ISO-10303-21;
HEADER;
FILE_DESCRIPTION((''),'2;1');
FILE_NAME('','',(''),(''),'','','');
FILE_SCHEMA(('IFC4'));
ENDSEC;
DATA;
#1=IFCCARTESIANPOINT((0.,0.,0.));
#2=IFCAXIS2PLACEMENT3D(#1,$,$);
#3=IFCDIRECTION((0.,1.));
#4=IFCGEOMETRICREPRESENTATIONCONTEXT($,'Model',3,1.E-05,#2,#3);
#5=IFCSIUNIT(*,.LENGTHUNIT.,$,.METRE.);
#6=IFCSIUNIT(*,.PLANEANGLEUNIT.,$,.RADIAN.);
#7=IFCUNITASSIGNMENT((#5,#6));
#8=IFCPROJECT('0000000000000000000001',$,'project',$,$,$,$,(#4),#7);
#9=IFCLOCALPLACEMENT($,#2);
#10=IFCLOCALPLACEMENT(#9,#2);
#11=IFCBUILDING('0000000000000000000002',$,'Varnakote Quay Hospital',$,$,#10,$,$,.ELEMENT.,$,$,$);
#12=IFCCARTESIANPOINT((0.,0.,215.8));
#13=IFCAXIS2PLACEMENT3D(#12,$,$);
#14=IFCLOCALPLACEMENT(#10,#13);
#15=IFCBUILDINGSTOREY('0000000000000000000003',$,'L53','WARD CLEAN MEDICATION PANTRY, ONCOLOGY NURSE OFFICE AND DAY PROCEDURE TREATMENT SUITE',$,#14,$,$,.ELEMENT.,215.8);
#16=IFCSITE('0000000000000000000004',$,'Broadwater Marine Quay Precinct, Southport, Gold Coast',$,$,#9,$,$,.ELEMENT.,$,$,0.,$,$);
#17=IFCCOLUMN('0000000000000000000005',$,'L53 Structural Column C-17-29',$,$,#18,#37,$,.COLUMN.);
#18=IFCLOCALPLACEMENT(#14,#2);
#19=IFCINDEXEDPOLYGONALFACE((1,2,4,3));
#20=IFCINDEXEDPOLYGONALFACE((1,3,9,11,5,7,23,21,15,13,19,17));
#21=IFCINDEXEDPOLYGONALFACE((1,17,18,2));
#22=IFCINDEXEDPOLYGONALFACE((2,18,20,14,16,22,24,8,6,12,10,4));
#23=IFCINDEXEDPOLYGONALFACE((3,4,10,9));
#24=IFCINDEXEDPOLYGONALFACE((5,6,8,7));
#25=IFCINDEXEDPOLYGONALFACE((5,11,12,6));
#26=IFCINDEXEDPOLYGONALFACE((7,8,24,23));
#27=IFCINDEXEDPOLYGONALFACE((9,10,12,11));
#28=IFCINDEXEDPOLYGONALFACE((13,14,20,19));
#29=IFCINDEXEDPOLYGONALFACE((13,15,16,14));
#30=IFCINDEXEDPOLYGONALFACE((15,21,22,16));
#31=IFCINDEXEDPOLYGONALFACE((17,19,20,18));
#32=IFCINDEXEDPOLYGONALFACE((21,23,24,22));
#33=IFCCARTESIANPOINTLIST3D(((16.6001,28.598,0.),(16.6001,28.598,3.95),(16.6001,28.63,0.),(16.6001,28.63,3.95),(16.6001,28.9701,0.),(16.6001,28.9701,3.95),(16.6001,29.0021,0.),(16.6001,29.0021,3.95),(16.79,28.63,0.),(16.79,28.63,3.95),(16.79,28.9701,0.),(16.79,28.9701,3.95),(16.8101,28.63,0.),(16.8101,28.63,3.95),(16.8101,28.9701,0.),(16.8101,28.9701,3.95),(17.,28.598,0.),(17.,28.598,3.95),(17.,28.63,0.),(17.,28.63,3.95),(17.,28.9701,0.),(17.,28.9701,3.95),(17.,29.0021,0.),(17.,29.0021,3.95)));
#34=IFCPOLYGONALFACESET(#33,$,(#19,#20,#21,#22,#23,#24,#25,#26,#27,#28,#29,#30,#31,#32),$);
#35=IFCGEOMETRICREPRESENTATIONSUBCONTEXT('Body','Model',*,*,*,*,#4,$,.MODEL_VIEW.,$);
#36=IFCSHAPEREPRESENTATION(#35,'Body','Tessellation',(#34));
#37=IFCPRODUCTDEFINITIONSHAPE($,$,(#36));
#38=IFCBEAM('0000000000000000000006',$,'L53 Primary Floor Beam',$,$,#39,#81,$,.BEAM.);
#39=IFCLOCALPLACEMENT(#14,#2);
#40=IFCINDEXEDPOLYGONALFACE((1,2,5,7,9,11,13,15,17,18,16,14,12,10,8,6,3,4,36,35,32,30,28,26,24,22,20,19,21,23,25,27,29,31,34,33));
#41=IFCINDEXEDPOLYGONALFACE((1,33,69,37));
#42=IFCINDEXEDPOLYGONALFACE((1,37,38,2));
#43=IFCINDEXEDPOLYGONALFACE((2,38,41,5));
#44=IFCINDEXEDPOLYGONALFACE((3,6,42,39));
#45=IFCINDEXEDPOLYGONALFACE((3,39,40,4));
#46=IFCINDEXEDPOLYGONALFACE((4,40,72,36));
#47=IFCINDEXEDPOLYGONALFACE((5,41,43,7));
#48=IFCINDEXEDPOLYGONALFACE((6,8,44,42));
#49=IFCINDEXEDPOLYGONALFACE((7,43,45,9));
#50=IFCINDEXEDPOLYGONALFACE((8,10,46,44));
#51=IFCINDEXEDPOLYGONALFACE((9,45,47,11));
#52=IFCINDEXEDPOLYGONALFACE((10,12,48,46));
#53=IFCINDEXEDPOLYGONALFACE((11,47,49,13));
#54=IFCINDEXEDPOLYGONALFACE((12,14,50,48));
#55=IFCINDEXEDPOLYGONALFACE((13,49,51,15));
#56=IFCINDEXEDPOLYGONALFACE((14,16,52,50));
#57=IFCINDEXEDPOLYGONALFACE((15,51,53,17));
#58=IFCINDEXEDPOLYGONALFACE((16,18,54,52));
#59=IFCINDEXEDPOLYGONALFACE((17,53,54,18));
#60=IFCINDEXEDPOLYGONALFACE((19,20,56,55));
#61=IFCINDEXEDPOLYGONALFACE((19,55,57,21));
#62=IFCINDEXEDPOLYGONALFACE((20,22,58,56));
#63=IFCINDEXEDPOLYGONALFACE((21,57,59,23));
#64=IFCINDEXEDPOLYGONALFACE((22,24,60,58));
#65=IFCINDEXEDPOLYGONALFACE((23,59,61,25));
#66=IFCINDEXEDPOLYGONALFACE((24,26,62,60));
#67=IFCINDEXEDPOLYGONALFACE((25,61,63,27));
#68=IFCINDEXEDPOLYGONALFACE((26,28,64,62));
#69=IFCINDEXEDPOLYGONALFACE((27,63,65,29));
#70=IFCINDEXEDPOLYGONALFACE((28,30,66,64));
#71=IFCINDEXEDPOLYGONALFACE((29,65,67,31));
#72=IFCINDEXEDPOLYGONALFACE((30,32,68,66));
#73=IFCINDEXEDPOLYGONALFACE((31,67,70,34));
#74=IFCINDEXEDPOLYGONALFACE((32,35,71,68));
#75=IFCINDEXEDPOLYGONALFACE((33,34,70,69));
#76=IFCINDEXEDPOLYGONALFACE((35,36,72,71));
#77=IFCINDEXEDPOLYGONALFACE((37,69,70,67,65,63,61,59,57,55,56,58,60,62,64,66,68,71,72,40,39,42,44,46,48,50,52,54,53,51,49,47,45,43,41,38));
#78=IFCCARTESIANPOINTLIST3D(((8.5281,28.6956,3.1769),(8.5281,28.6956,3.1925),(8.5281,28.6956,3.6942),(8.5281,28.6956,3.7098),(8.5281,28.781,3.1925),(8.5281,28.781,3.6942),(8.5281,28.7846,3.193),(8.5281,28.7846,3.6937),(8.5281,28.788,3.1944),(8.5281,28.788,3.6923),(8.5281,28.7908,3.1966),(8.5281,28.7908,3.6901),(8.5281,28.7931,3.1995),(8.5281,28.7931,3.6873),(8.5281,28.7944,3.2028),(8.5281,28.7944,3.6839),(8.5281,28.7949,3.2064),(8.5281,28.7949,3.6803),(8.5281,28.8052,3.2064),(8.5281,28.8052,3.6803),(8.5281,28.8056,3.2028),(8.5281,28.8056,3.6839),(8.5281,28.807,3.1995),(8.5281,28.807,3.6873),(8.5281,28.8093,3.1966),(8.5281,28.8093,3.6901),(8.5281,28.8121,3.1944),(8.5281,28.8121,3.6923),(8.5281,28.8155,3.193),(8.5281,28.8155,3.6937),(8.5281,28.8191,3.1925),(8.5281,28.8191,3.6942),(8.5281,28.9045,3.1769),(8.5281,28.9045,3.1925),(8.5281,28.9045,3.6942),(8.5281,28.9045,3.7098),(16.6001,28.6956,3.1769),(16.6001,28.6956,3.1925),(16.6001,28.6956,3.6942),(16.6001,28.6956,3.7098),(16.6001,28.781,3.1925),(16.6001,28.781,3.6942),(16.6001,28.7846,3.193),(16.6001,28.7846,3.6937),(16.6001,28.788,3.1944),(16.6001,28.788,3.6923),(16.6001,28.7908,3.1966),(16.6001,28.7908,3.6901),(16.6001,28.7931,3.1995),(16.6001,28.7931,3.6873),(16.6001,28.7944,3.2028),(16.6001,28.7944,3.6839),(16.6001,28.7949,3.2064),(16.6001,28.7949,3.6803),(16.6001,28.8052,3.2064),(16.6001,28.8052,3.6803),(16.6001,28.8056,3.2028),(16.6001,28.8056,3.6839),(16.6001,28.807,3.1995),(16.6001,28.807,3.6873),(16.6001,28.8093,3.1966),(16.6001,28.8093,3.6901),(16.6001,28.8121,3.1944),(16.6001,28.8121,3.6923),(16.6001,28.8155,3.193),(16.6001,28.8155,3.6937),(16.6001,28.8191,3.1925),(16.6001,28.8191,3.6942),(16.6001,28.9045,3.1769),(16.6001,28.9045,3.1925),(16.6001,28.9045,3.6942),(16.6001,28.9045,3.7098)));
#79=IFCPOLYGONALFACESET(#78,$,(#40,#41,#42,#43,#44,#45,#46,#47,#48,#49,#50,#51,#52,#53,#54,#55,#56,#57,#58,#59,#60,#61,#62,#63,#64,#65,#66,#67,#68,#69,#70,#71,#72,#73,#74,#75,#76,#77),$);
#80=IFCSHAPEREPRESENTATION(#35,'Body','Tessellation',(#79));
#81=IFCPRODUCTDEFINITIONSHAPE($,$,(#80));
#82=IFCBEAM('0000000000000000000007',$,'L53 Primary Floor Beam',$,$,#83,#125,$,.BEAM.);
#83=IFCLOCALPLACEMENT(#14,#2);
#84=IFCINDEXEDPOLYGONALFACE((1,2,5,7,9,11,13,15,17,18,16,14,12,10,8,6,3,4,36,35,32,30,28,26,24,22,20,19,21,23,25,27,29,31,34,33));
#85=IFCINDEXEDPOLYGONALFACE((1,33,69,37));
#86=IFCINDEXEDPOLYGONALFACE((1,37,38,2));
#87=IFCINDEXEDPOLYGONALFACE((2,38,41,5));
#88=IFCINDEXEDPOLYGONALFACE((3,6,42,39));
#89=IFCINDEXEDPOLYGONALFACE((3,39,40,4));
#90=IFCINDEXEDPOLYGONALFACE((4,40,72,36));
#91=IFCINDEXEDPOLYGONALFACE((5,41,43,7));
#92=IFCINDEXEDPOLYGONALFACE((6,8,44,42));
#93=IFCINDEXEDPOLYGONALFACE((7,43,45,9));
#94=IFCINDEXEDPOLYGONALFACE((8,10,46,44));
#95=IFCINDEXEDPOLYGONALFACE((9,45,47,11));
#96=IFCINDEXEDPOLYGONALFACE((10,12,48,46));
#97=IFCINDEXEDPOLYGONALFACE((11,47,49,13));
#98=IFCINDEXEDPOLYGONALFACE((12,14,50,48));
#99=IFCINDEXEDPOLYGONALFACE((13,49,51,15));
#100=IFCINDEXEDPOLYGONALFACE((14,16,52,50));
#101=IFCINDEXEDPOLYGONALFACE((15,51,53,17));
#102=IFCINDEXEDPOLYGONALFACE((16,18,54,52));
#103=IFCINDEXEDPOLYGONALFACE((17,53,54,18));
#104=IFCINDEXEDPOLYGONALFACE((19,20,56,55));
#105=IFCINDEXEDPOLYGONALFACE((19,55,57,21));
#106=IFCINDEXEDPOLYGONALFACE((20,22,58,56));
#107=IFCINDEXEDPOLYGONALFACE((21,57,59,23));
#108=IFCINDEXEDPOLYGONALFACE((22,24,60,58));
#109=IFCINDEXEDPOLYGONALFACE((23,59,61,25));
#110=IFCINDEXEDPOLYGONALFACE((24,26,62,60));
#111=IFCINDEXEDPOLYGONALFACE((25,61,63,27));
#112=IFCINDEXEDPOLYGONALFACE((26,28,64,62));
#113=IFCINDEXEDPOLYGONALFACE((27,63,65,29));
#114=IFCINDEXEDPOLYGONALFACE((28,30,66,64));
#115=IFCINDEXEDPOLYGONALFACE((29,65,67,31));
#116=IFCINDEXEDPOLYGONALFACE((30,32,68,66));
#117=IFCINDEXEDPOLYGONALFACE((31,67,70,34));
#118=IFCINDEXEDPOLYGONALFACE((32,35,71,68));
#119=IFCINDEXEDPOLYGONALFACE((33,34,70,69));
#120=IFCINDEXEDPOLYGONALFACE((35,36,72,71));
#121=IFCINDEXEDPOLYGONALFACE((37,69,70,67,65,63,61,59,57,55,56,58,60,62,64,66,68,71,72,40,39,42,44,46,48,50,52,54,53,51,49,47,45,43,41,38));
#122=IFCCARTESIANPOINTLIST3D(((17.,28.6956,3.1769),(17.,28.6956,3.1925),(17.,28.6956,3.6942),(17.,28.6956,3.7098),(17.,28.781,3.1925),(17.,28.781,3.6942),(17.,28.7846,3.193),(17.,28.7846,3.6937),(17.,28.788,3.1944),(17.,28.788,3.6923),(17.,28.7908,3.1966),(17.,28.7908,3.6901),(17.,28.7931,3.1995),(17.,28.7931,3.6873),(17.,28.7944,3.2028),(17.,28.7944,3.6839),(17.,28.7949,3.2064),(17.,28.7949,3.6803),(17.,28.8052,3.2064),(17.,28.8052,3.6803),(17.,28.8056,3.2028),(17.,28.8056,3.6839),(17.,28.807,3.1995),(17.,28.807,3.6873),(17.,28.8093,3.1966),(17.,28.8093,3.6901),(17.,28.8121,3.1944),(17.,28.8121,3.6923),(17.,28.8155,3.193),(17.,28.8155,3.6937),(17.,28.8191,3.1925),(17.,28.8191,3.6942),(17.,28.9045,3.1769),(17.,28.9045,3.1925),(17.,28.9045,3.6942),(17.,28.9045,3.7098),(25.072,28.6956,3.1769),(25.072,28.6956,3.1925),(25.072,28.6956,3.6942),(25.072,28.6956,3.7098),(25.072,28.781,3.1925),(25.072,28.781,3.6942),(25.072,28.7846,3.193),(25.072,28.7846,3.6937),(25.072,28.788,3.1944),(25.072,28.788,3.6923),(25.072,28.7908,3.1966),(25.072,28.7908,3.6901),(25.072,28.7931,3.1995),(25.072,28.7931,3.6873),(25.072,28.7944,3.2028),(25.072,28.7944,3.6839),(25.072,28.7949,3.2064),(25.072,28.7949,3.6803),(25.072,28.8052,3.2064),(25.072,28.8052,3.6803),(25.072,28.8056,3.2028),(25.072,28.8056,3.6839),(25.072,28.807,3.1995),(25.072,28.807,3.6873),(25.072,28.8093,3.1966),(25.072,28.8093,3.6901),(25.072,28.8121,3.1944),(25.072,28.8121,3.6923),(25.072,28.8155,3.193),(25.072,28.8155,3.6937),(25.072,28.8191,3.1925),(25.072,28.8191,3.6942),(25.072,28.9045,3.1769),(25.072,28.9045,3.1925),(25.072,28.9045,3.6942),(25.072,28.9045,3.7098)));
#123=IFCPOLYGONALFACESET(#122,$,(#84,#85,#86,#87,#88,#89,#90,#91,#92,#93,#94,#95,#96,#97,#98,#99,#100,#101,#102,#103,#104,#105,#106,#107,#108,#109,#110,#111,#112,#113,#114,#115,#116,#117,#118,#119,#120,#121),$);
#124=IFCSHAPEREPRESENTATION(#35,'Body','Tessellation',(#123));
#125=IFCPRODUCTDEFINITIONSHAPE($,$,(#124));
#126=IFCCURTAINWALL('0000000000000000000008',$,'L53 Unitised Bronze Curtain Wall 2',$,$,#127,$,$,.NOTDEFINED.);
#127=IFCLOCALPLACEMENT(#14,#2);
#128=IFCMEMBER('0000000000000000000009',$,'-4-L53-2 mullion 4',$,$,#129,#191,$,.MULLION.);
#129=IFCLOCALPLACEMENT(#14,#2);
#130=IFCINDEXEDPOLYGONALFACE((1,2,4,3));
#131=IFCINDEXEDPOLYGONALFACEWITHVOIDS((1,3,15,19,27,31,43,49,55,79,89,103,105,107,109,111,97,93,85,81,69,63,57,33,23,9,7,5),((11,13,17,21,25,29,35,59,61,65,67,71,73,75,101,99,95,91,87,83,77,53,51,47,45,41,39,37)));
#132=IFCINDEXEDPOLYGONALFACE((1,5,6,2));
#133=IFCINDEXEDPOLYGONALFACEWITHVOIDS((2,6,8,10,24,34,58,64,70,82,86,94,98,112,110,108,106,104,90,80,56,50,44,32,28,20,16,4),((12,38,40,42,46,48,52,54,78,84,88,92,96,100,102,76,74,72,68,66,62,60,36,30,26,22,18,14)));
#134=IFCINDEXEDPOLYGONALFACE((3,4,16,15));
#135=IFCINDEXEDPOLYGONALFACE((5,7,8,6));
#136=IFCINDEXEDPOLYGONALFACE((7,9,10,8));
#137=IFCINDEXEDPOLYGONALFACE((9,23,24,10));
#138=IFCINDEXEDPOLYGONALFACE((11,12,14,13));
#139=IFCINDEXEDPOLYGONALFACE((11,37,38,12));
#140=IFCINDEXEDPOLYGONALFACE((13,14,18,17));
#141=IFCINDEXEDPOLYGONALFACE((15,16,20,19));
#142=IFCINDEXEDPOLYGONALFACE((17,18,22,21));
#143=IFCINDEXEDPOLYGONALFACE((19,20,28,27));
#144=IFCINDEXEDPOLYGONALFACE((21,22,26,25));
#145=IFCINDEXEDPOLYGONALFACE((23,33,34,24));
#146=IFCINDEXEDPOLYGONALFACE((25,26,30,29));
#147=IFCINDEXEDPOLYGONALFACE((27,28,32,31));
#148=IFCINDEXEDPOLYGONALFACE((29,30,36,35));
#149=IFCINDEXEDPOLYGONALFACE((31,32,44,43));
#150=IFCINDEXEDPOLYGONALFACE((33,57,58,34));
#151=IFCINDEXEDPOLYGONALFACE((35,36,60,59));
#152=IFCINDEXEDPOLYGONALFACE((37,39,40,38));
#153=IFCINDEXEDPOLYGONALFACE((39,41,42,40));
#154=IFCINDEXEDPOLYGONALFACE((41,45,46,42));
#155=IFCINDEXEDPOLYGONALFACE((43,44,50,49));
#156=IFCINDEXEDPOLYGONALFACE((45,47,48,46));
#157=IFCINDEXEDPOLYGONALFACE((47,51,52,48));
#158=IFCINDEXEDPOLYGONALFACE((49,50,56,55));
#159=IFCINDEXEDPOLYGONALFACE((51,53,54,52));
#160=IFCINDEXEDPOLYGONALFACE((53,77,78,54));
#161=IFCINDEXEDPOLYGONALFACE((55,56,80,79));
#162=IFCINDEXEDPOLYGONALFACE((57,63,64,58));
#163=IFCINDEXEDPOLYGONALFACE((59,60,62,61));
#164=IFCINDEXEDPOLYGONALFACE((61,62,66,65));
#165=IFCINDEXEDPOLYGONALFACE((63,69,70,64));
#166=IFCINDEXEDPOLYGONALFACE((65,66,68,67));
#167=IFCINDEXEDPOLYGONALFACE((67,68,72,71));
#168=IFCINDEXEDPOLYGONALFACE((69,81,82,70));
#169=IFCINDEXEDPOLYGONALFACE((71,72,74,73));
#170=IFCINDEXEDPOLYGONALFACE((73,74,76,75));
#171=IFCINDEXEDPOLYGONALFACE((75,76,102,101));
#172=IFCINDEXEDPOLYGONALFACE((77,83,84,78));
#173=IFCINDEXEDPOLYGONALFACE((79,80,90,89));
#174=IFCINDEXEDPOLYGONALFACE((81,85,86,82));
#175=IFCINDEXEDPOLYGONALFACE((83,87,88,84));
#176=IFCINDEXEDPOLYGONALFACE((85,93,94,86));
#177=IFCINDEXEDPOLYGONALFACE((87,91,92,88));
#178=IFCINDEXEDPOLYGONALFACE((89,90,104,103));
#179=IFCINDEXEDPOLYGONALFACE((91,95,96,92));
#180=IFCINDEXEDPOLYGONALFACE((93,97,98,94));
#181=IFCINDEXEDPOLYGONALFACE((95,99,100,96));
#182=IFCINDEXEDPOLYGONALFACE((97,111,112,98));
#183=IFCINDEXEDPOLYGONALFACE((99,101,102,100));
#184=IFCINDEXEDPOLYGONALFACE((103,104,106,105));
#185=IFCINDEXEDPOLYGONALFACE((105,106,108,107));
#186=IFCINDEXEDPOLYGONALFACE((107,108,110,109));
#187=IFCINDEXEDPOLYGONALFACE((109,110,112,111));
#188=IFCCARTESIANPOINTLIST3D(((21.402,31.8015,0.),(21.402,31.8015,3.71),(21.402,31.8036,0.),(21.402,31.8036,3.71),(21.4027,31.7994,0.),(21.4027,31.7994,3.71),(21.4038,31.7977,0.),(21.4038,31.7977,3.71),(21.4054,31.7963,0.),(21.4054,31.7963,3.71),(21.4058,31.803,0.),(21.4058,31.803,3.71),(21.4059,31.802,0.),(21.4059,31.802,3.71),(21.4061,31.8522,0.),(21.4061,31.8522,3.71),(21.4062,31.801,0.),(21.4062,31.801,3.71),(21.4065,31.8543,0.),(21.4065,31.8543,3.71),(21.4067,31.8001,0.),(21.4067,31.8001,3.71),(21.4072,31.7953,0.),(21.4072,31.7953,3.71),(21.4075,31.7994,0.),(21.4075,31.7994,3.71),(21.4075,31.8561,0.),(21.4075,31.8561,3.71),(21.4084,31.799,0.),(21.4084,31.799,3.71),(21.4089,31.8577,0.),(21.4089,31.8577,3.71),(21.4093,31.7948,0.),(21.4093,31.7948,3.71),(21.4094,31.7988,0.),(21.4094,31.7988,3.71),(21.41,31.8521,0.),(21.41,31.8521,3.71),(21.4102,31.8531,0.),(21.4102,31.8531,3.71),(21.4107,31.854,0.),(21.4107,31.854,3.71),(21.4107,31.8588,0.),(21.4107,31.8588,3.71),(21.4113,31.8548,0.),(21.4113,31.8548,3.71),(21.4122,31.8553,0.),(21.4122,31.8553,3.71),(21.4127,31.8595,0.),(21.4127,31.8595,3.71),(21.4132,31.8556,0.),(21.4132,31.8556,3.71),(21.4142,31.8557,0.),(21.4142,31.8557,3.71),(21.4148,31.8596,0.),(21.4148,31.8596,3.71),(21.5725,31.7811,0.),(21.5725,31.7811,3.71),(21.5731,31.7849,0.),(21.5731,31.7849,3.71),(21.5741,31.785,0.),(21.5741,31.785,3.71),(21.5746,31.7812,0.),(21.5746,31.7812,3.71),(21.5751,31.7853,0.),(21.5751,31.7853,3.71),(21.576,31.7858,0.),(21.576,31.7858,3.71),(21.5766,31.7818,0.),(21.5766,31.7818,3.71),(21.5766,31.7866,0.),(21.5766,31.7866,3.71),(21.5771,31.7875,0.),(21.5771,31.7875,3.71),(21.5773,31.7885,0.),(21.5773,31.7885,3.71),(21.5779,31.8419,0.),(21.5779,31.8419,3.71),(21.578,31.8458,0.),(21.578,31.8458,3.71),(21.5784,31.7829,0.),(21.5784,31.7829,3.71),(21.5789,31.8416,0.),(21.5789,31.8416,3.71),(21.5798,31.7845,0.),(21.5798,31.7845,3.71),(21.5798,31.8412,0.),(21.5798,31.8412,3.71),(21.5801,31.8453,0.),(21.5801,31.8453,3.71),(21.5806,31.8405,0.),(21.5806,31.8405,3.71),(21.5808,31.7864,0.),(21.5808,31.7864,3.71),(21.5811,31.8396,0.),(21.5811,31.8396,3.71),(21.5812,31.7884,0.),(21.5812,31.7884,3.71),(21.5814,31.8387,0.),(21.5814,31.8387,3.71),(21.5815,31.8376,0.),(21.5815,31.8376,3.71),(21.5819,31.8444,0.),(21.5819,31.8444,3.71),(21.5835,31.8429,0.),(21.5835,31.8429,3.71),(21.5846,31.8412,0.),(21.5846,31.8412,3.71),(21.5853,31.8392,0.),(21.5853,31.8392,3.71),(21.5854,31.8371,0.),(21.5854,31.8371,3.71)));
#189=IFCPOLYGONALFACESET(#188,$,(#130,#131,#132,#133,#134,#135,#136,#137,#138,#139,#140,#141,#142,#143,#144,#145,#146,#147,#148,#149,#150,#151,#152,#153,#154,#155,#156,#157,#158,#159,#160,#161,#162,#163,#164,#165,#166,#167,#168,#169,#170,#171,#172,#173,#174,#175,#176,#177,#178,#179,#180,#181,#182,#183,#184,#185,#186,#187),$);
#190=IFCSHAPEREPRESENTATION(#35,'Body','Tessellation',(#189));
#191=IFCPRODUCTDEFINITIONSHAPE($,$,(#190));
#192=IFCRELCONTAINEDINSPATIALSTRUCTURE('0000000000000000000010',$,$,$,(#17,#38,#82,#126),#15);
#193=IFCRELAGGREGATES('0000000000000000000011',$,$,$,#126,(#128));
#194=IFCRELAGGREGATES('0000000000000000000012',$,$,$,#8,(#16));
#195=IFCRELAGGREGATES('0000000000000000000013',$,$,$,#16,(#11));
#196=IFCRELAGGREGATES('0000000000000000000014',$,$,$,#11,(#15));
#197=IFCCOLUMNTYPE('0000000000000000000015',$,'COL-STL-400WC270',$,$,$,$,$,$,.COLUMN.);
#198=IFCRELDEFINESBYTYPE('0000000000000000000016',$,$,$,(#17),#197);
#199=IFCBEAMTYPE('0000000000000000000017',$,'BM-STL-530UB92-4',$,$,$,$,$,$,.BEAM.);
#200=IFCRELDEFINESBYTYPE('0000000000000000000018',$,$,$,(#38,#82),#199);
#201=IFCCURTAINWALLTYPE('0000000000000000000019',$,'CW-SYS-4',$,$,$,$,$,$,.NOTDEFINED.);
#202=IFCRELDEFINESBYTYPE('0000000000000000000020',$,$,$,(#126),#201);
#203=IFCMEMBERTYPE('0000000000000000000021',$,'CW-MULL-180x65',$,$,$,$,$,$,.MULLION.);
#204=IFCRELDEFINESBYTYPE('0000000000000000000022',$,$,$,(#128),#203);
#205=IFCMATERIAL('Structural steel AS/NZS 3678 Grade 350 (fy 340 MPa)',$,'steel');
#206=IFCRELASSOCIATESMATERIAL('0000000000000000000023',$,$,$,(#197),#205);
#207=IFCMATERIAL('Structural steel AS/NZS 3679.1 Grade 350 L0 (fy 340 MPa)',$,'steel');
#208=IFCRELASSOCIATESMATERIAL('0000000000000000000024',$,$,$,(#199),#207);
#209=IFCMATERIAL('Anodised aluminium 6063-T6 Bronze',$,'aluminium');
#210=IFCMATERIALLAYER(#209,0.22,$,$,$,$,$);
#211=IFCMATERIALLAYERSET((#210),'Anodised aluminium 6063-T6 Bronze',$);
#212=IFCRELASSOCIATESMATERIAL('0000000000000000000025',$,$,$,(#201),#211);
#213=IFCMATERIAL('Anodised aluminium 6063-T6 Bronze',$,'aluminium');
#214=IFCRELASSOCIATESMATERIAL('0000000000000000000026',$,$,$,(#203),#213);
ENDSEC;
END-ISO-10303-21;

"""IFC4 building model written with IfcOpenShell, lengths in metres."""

from ifc_helpers import new_model, si_unit, direction, frame, origin, origin_2d, place, context, subcontext, project, spatial, hollow_rectangle, i_section, extrude, material, layer, layer_set, material_profile, profile_set, type_object, element, aggregate, save


model = new_model("IFC4")

# Units and contexts
model_context = context("Model", 3, precision=1e-05, world=origin(), true_north=direction((0.0, 1.0)))
body_context = subcontext(model_context, "Body", "Model", "MODEL_VIEW")
ifc_project = project(units=[si_unit("LENGTHUNIT", "METRE"), si_unit("PLANEANGLEUNIT", "RADIAN")], contexts=[model_context])

# Site, building, storey
site_placement = place(None, origin())
site = spatial("IfcSite", under=ifc_project, at=site_placement, Name="Broadwater Marine Quay Precinct, Southport, Gold Coast", CompositionType="ELEMENT", RefElevation=0.0)
building_placement = place(site_placement, origin())
building = spatial("IfcBuilding", under=site, at=building_placement, Name="Varnakote Quay Hospital", CompositionType="ELEMENT")
storey_placement = place(building_placement, frame((0.0, 0.0, 215.8)))
storey = spatial("IfcBuildingStorey", under=building, at=storey_placement, Name="L53", Description="WARD CLEAN MEDICATION PANTRY, ONCOLOGY NURSE OFFICE AND DAY PROCEDURE TREATMENT SUITE", CompositionType="ELEMENT", Elevation=215.8)

# Column
ifc_material_1 = material(Name="Structural steel AS/NZS 3678 Grade 350 (fy 340 MPa)", Category="steel")
ifc_material_profile_1 = material_profile(ifc_material_1, i_section(OverallWidth=0.3999, OverallDepth=0.4041, WebThickness=0.02, FlangeThickness=0.032, at=origin_2d()), Name="400WC270")
ifc_profile_set_1 = profile_set([ifc_material_profile_1], Name="Structural steel AS/NZS 3678 Grade 350 (fy 340 MPa)")
column_type = type_object("IfcColumnType", Name="COL-STL-400WC270", PredefinedType="COLUMN", material=ifc_profile_set_1)
column_placement = place(storey_placement, frame((16.8, 28.8, 0.0), z_axis=(0.0, 0.0, 1.0), x_axis=(1.0, 0.0, 0.0)))
element("IfcColumn", 1, at=column_placement, inside=storey, type_object=column_type, Name="L53 Structural Column C-17-29", PredefinedType="COLUMN", context=body_context, shape_type="SweptSolid", body=[
    extrude(i_section(OverallWidth=0.3999, OverallDepth=0.4041, WebThickness=0.02, FlangeThickness=0.032, at=origin_2d()), origin(), (0.0, 0.0, 1.0), 3.95),
])

# Beams
ifc_material_2 = material(Name="Structural steel AS/NZS 3679.1 Grade 350 L0 (fy 340 MPa)", Category="steel")
ifc_material_profile_2 = material_profile(ifc_material_2, i_section(OverallWidth=0.209, OverallDepth=0.533, WebThickness=0.0103, FlangeThickness=0.0156, FilletRadius=0.0139, at=origin_2d()), Name="530UB92.4")
ifc_profile_set_2 = profile_set([ifc_material_profile_2], Name="Structural steel AS/NZS 3679.1 Grade 350 L0 (fy 340 MPa)")
beam_type_1 = type_object("IfcBeamType", Name="BM-STL-530UB92-4", PredefinedType="BEAM", material=ifc_profile_set_2)
for number, where, z_axis, x_axis, name in (
    (2, (8.5281, 28.8, 3.4434), (1.0, 0.0, 0.0), (0.0, 1.0, 0.0), "L53 Primary Floor Beam"),
    (3, (17.0, 28.8, 3.4434), (1.0, 0.0, 0.0), (0.0, 1.0, 0.0), "L53 Primary Floor Beam"),
):
    element("IfcBeam", number, at=place(storey_placement, frame(where, z_axis=z_axis, x_axis=x_axis)), inside=storey, type_object=beam_type_1, Name=name, PredefinedType="BEAM", context=body_context, shape_type="SweptSolid", body=[
        extrude(i_section(OverallWidth=0.209, OverallDepth=0.533, WebThickness=0.0103, FlangeThickness=0.0156, FilletRadius=0.0139, at=origin_2d()), origin(), (0.0, 0.0, 1.0), 8.072),
    ])

# Curtain wall, member
ifc_material_3 = material(Name="Anodised aluminium 6063-T6 Bronze", Category="aluminium")
ifc_layer_1 = layer(ifc_material_3, 0.22)
ifc_layer_set_1 = layer_set([ifc_layer_1], Name="Anodised aluminium 6063-T6 Bronze")
curtain_wall_type = type_object("IfcCurtainWallType", Name="CW-SYS-4", PredefinedType="NOTDEFINED", material=ifc_layer_set_1)
curtain_wall_placement = place(storey_placement, origin())
curtain_wall = element("IfcCurtainWall", 4, at=curtain_wall_placement, inside=storey, type_object=curtain_wall_type, Name="L53 Unitised Bronze Curtain Wall 2", PredefinedType="NOTDEFINED")
ifc_material_4 = material(Name="Anodised aluminium 6063-T6 Bronze", Category="aluminium")
ifc_material_profile_3 = material_profile(ifc_material_4, hollow_rectangle(XDim=0.0649, YDim=0.1799, WallThickness=0.0039, InnerFilletRadius=0.0039, OuterFilletRadius=0.0081, at=origin_2d()), Name="CW-MULL-180x65")
ifc_profile_set_3 = profile_set([ifc_material_profile_3], Name="Anodised aluminium 6063-T6 Bronze")
member_type = type_object("IfcMemberType", Name="CW-MULL-180x65", PredefinedType="MULLION", material=ifc_profile_set_3)
member_placement = place(storey_placement, frame((21.4937, 31.8203, 0.0), z_axis=(0.0, 0.0, 1.0), x_axis=(-0.084136, -0.996454, 0.0)))
member = element("IfcMember", 5, at=member_placement, type_object=member_type, Name="-4-L53-2 mullion 4", PredefinedType="MULLION", context=body_context, shape_type="SweptSolid", body=[
    extrude(hollow_rectangle(XDim=0.0649, YDim=0.1799, WallThickness=0.0039, InnerFilletRadius=0.0039, OuterFilletRadius=0.0081, at=origin_2d()), origin(), (0.0, 0.0, 1.0), 3.71),
])

aggregate(curtain_wall, [member])

save(model, "model.ifc")
